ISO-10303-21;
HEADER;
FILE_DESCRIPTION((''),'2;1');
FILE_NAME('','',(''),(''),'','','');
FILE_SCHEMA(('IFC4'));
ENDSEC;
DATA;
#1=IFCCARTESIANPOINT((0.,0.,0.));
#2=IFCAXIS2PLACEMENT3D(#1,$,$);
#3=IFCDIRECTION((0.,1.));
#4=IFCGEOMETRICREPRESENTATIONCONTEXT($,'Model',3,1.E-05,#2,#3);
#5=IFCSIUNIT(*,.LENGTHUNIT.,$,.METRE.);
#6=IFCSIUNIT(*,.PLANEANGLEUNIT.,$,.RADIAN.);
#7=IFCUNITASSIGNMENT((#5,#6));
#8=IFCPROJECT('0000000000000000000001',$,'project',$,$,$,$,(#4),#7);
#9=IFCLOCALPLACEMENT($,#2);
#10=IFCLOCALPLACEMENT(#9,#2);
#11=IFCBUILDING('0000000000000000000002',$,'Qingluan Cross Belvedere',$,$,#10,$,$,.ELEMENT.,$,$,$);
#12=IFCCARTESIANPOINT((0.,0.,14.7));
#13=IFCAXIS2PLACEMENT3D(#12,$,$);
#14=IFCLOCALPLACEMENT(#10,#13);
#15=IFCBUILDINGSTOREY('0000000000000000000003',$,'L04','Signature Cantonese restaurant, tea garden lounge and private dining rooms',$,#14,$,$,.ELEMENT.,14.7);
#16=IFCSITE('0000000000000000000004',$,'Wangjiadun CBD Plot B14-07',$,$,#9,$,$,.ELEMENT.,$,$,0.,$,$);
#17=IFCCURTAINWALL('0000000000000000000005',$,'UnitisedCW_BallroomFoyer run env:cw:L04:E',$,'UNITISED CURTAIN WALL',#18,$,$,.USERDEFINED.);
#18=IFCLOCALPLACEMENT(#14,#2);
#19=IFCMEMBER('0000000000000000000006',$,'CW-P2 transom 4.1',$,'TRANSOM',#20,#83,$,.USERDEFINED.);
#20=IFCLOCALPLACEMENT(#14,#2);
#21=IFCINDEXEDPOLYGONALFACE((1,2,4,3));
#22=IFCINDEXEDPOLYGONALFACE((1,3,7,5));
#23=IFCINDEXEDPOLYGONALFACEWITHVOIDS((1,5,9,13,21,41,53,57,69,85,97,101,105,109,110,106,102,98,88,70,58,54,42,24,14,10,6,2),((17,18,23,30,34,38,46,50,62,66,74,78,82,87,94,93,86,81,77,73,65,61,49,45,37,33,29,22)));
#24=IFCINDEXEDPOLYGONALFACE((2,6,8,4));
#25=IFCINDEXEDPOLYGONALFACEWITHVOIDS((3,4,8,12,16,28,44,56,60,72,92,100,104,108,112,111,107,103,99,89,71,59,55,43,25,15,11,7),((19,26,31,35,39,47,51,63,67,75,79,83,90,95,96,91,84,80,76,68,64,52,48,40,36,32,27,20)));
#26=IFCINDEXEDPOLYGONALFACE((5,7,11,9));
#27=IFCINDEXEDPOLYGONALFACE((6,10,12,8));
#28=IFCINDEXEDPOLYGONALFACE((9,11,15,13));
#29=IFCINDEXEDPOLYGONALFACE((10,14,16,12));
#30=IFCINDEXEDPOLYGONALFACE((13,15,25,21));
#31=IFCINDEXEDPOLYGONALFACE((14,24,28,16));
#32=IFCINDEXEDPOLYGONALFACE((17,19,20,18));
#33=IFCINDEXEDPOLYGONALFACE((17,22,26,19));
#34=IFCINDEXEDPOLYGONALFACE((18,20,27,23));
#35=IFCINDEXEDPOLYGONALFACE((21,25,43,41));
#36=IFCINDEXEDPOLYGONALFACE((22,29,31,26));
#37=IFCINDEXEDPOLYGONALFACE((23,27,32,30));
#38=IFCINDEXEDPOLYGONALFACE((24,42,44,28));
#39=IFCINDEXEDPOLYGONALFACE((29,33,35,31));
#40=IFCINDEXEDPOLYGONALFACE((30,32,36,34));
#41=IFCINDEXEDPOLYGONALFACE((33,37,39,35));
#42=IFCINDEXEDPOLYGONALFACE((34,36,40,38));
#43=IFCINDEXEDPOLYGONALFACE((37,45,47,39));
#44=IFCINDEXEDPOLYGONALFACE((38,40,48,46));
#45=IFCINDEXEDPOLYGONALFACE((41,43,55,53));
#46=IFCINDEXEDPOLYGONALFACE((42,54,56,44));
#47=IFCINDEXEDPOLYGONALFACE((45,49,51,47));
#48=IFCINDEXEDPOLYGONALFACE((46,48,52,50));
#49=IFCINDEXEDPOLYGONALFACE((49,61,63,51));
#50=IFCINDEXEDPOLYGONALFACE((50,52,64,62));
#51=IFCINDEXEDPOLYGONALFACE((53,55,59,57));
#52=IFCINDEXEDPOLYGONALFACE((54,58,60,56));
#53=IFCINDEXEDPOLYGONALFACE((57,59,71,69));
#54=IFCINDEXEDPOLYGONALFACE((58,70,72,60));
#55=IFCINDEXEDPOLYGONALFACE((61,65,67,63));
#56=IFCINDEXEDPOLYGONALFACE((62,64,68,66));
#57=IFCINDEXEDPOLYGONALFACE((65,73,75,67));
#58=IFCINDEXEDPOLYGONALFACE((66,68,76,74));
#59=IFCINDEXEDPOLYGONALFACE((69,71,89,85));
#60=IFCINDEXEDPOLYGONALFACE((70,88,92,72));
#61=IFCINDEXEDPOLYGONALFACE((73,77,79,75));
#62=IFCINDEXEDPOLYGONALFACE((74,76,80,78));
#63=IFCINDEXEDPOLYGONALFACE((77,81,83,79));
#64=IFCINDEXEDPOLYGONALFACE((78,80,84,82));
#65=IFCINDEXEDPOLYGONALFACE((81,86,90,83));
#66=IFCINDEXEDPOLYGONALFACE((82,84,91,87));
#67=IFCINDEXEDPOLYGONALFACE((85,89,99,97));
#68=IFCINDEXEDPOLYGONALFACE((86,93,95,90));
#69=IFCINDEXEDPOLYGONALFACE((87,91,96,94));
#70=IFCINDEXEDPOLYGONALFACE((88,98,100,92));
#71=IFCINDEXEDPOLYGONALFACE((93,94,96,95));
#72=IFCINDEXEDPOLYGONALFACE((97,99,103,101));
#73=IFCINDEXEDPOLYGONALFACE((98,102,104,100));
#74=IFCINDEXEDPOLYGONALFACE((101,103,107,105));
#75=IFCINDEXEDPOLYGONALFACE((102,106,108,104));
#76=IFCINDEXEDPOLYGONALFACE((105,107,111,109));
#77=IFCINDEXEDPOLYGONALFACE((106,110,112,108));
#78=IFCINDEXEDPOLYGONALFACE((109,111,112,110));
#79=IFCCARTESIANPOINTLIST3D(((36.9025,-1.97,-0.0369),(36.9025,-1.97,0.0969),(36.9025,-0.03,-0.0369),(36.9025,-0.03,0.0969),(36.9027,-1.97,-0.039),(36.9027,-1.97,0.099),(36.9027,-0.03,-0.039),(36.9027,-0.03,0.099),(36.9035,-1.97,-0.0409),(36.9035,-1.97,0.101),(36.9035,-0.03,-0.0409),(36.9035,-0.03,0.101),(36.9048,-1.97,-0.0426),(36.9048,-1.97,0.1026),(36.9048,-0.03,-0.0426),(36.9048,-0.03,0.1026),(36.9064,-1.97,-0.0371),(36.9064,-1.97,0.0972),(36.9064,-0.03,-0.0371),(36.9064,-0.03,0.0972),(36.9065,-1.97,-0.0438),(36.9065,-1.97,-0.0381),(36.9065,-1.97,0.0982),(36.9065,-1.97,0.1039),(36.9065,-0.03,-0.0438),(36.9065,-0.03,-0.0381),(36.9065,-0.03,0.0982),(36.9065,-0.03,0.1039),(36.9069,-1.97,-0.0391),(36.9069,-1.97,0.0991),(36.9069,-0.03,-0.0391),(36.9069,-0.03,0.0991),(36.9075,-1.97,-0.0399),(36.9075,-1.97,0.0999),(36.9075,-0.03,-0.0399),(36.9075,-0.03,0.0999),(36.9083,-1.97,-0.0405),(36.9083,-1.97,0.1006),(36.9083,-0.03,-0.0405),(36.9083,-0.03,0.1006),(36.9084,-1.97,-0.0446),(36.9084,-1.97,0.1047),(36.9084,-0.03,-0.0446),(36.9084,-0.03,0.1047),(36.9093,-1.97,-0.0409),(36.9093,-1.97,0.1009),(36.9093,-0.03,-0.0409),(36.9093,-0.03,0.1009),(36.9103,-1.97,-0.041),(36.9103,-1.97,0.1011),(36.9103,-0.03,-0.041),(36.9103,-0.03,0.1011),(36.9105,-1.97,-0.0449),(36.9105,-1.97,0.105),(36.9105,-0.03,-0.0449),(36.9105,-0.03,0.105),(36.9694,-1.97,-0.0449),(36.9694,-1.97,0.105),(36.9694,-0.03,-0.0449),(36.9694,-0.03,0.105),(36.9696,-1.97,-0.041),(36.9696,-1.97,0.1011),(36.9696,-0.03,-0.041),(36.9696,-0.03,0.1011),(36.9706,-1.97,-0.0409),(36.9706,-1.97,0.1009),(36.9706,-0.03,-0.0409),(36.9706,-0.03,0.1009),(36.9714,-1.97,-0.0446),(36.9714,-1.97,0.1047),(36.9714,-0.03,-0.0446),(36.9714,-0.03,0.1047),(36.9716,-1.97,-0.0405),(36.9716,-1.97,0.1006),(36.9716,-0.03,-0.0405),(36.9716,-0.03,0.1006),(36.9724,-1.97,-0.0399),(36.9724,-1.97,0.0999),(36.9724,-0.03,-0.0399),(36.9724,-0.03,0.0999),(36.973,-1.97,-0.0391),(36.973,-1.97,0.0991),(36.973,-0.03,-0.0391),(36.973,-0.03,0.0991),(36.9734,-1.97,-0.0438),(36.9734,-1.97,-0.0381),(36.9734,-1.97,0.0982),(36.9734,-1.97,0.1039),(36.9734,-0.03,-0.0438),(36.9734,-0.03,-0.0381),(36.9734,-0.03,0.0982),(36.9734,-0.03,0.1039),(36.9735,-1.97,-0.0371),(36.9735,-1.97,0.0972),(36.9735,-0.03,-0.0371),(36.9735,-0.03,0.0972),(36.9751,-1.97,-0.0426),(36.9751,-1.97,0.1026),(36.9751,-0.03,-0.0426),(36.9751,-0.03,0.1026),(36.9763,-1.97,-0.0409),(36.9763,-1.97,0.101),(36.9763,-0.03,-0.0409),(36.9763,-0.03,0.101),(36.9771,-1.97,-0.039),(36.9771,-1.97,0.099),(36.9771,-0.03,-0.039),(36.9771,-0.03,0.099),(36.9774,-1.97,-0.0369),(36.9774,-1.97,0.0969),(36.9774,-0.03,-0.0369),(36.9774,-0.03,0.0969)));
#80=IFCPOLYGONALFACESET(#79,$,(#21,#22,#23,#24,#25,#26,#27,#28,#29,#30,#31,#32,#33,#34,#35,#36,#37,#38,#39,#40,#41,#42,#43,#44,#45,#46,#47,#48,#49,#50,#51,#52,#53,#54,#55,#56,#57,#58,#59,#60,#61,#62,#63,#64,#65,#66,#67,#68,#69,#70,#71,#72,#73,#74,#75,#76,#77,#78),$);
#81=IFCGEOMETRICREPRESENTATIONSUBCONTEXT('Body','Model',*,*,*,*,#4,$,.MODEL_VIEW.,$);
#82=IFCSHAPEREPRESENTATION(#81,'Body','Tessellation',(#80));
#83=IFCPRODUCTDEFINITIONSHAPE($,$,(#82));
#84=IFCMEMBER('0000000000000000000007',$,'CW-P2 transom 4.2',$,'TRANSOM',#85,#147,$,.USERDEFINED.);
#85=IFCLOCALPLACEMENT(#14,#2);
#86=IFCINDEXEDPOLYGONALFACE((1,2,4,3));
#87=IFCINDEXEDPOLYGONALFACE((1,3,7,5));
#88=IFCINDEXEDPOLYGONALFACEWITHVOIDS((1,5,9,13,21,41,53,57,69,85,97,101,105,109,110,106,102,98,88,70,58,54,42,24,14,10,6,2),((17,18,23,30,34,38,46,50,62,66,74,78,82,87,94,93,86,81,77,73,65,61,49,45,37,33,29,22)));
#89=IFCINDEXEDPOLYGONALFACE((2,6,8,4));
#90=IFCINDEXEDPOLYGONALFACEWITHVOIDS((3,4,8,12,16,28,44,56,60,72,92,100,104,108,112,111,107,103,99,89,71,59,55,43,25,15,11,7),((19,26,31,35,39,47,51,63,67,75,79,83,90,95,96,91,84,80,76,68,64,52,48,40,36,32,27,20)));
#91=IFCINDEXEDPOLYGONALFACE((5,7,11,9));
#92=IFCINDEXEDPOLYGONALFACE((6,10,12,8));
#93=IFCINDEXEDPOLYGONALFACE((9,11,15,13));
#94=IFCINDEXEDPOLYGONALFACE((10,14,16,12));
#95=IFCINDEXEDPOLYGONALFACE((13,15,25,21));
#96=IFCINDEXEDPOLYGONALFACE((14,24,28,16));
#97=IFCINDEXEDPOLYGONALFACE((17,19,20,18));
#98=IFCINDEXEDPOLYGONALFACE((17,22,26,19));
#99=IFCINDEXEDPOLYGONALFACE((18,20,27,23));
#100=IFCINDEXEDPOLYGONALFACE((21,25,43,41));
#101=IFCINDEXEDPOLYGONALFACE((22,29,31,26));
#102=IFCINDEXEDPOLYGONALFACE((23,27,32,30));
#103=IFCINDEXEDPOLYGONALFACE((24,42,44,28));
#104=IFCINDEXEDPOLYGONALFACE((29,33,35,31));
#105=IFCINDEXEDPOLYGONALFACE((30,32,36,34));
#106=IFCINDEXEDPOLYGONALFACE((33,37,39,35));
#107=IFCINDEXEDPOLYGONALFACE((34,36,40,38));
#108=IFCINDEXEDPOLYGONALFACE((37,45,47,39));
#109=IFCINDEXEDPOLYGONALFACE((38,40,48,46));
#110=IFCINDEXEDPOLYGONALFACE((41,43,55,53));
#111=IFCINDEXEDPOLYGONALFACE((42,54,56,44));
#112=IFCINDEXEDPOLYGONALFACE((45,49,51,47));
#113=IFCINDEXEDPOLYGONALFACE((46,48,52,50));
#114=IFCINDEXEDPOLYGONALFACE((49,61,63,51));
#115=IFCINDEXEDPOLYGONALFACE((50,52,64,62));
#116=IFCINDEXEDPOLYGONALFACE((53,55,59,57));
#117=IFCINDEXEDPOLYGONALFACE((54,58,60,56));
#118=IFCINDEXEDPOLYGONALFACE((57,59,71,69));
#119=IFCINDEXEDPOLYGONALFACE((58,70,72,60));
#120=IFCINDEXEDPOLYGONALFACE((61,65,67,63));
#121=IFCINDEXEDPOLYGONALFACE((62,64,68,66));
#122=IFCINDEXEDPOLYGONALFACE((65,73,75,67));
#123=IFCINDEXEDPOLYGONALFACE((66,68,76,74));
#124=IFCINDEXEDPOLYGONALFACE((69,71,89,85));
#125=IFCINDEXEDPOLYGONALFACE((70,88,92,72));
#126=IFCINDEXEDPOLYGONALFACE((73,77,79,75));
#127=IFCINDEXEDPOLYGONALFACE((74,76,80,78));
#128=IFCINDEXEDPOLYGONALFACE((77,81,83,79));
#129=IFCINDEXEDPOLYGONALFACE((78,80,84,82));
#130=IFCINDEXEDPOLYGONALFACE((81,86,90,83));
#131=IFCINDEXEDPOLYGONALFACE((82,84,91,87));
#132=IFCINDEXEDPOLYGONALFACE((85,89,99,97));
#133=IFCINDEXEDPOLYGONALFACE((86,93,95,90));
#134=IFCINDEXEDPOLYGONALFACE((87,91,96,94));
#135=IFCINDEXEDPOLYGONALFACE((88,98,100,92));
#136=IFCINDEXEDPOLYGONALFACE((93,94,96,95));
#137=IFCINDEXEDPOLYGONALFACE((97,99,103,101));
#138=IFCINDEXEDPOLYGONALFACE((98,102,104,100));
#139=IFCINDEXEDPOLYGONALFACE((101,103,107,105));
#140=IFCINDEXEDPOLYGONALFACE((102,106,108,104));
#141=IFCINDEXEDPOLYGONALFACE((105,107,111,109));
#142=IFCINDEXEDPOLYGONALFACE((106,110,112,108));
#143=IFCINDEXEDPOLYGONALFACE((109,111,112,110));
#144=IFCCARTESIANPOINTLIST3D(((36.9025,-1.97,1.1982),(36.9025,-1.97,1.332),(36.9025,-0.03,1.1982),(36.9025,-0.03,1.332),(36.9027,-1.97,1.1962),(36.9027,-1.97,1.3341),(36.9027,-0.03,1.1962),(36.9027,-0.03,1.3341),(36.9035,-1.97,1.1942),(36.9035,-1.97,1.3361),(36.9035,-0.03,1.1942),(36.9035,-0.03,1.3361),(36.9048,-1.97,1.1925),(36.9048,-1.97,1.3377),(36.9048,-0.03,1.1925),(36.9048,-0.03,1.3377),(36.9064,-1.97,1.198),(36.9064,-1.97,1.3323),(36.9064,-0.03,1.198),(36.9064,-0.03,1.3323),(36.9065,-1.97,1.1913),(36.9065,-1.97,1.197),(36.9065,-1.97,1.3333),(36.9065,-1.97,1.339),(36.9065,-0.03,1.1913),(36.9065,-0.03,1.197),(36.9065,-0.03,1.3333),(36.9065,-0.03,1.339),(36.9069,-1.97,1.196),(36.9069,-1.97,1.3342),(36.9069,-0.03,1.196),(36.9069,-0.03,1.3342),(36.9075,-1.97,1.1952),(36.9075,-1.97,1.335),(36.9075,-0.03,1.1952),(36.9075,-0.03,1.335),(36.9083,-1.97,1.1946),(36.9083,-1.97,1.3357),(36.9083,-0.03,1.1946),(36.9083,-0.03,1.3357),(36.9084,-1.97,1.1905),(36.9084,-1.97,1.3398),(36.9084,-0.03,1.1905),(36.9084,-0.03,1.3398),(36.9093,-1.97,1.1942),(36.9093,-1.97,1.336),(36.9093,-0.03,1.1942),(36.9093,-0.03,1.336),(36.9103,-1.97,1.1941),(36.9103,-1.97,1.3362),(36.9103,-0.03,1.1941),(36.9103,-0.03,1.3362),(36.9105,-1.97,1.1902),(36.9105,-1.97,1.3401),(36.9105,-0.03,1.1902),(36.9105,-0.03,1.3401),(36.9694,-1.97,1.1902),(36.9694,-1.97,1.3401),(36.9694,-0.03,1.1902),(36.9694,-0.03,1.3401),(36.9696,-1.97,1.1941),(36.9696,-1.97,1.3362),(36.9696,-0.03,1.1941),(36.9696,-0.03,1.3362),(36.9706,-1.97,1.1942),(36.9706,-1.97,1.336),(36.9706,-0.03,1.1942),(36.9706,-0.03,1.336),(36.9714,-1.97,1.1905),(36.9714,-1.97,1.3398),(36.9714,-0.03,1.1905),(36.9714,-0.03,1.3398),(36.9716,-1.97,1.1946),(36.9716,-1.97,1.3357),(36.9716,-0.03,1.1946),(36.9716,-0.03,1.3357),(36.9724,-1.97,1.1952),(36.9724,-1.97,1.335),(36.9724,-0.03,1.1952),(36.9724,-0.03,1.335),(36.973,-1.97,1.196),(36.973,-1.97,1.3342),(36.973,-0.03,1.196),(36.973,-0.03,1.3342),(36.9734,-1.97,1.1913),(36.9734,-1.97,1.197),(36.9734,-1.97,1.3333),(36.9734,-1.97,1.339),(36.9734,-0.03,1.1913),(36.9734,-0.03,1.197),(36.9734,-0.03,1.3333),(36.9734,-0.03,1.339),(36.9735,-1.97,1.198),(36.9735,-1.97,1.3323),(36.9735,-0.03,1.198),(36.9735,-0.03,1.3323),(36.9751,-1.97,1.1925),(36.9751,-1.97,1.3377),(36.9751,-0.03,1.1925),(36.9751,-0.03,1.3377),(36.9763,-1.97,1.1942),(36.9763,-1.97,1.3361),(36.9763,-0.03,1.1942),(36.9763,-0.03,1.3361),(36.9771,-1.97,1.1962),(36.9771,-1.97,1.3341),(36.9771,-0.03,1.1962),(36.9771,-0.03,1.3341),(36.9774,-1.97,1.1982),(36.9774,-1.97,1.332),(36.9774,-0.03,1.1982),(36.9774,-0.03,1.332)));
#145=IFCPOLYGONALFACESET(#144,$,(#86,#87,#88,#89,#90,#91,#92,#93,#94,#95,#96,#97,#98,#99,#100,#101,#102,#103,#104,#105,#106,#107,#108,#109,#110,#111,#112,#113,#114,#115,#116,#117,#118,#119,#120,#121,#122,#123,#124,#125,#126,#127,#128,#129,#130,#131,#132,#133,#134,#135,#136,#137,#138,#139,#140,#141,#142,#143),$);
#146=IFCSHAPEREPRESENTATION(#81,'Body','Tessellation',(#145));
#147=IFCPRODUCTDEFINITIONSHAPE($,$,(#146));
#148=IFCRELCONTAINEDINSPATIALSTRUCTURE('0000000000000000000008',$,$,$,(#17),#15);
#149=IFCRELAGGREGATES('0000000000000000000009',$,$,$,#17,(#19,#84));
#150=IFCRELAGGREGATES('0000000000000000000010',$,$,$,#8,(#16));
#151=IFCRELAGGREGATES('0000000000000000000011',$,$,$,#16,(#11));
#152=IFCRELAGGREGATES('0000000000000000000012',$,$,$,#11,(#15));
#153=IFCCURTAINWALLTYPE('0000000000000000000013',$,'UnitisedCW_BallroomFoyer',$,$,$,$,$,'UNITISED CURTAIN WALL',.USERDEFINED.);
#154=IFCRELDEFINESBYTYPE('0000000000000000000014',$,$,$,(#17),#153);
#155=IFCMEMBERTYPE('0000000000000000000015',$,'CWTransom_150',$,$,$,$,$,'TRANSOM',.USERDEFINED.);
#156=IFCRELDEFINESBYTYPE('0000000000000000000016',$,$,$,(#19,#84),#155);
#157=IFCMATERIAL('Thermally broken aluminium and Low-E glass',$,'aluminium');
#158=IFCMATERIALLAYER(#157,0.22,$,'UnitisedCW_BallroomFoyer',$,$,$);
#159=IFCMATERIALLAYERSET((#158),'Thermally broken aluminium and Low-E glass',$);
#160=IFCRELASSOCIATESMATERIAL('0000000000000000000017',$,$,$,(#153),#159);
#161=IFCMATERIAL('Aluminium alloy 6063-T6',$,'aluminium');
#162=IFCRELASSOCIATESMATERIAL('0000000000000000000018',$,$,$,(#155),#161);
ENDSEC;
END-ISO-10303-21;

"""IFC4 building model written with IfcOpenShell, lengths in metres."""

from ifc_helpers import new_model, si_unit, direction, frame, origin, origin_2d, place, context, subcontext, project, spatial, hollow_rectangle, extrude, material, layer, layer_set, material_profile, profile_set, type_object, element, aggregate, save


model = new_model("IFC4")

# Units and contexts
model_context = context("Model", 3, precision=1e-05, world=origin(), true_north=direction((0.0, 1.0)))
body_context = subcontext(model_context, "Body", "Model", "MODEL_VIEW")
ifc_project = project(units=[si_unit("LENGTHUNIT", "METRE"), si_unit("PLANEANGLEUNIT", "RADIAN")], contexts=[model_context])

# Site, building, storey
site_placement = place(None, origin())
site = spatial("IfcSite", under=ifc_project, at=site_placement, Name="Wangjiadun CBD Plot B14-07", CompositionType="ELEMENT", RefElevation=0.0)
building_placement = place(site_placement, origin())
building = spatial("IfcBuilding", under=site, at=building_placement, Name="Qingluan Cross Belvedere", CompositionType="ELEMENT")
storey_placement = place(building_placement, frame((0.0, 0.0, 14.7)))
storey = spatial("IfcBuildingStorey", under=building, at=storey_placement, Name="L04", Description="Signature Cantonese restaurant, tea garden lounge and private dining rooms", CompositionType="ELEMENT", Elevation=14.7)

# Curtain wall, members
ifc_material_1 = material(Name="Thermally broken aluminium and Low-E glass", Category="aluminium")
ifc_layer_1 = layer(ifc_material_1, 0.22, Name="UnitisedCW_BallroomFoyer")
ifc_layer_set_1 = layer_set([ifc_layer_1], Name="Thermally broken aluminium and Low-E glass")
curtain_wall_type = type_object("IfcCurtainWallType", Name="UnitisedCW_BallroomFoyer", ElementType="UNITISED CURTAIN WALL", PredefinedType="USERDEFINED", material=ifc_layer_set_1)
curtain_wall_placement = place(storey_placement, origin())
curtain_wall = element("IfcCurtainWall", 1, at=curtain_wall_placement, inside=storey, type_object=curtain_wall_type, Name="UnitisedCW_BallroomFoyer run env:cw:L04:E", ObjectType="UNITISED CURTAIN WALL", PredefinedType="USERDEFINED")
ifc_material_2 = material(Name="Aluminium alloy 6063-T6", Category="aluminium")
ifc_material_profile_1 = material_profile(ifc_material_2, hollow_rectangle(XDim=0.075, YDim=0.1499, WallThickness=0.0039, InnerFilletRadius=0.0039, OuterFilletRadius=0.0081, at=origin_2d()), Name="CWT150x75x4")
ifc_profile_set_1 = profile_set([ifc_material_profile_1], Name="Aluminium alloy 6063-T6")
member_type_1 = type_object("IfcMemberType", Name="CWTransom_150", ElementType="TRANSOM", PredefinedType="USERDEFINED", material=ifc_profile_set_1)
member_1_placement = place(storey_placement, frame((36.9399, -0.03, 0.03), z_axis=(0.0, -1.0, 0.0), x_axis=(1.0, 0.0, 0.0)))
member_1 = element("IfcMember", 2, at=member_1_placement, type_object=member_type_1, Name="CW-P2 transom 4.1", ObjectType="TRANSOM", PredefinedType="USERDEFINED", context=body_context, shape_type="SweptSolid", body=[
    extrude(hollow_rectangle(XDim=0.075, YDim=0.1499, WallThickness=0.0039, InnerFilletRadius=0.0039, OuterFilletRadius=0.0081, at=origin_2d()), origin(), (0.0, 0.0, 1.0), 1.9399),
])
member_2_placement = place(storey_placement, frame((36.9399, -0.03, 1.2651), z_axis=(0.0, -1.0, 0.0), x_axis=(1.0, 0.0, 0.0)))
member_2 = element("IfcMember", 3, at=member_2_placement, type_object=member_type_1, Name="CW-P2 transom 4.2", ObjectType="TRANSOM", PredefinedType="USERDEFINED", context=body_context, shape_type="SweptSolid", body=[
    extrude(hollow_rectangle(XDim=0.075, YDim=0.1499, WallThickness=0.0039, InnerFilletRadius=0.0039, OuterFilletRadius=0.0081, at=origin_2d()), origin(), (0.0, 0.0, 1.0), 1.9399),
])
aggregate(curtain_wall, [member_1, member_2])

save(model, "model.ifc")
